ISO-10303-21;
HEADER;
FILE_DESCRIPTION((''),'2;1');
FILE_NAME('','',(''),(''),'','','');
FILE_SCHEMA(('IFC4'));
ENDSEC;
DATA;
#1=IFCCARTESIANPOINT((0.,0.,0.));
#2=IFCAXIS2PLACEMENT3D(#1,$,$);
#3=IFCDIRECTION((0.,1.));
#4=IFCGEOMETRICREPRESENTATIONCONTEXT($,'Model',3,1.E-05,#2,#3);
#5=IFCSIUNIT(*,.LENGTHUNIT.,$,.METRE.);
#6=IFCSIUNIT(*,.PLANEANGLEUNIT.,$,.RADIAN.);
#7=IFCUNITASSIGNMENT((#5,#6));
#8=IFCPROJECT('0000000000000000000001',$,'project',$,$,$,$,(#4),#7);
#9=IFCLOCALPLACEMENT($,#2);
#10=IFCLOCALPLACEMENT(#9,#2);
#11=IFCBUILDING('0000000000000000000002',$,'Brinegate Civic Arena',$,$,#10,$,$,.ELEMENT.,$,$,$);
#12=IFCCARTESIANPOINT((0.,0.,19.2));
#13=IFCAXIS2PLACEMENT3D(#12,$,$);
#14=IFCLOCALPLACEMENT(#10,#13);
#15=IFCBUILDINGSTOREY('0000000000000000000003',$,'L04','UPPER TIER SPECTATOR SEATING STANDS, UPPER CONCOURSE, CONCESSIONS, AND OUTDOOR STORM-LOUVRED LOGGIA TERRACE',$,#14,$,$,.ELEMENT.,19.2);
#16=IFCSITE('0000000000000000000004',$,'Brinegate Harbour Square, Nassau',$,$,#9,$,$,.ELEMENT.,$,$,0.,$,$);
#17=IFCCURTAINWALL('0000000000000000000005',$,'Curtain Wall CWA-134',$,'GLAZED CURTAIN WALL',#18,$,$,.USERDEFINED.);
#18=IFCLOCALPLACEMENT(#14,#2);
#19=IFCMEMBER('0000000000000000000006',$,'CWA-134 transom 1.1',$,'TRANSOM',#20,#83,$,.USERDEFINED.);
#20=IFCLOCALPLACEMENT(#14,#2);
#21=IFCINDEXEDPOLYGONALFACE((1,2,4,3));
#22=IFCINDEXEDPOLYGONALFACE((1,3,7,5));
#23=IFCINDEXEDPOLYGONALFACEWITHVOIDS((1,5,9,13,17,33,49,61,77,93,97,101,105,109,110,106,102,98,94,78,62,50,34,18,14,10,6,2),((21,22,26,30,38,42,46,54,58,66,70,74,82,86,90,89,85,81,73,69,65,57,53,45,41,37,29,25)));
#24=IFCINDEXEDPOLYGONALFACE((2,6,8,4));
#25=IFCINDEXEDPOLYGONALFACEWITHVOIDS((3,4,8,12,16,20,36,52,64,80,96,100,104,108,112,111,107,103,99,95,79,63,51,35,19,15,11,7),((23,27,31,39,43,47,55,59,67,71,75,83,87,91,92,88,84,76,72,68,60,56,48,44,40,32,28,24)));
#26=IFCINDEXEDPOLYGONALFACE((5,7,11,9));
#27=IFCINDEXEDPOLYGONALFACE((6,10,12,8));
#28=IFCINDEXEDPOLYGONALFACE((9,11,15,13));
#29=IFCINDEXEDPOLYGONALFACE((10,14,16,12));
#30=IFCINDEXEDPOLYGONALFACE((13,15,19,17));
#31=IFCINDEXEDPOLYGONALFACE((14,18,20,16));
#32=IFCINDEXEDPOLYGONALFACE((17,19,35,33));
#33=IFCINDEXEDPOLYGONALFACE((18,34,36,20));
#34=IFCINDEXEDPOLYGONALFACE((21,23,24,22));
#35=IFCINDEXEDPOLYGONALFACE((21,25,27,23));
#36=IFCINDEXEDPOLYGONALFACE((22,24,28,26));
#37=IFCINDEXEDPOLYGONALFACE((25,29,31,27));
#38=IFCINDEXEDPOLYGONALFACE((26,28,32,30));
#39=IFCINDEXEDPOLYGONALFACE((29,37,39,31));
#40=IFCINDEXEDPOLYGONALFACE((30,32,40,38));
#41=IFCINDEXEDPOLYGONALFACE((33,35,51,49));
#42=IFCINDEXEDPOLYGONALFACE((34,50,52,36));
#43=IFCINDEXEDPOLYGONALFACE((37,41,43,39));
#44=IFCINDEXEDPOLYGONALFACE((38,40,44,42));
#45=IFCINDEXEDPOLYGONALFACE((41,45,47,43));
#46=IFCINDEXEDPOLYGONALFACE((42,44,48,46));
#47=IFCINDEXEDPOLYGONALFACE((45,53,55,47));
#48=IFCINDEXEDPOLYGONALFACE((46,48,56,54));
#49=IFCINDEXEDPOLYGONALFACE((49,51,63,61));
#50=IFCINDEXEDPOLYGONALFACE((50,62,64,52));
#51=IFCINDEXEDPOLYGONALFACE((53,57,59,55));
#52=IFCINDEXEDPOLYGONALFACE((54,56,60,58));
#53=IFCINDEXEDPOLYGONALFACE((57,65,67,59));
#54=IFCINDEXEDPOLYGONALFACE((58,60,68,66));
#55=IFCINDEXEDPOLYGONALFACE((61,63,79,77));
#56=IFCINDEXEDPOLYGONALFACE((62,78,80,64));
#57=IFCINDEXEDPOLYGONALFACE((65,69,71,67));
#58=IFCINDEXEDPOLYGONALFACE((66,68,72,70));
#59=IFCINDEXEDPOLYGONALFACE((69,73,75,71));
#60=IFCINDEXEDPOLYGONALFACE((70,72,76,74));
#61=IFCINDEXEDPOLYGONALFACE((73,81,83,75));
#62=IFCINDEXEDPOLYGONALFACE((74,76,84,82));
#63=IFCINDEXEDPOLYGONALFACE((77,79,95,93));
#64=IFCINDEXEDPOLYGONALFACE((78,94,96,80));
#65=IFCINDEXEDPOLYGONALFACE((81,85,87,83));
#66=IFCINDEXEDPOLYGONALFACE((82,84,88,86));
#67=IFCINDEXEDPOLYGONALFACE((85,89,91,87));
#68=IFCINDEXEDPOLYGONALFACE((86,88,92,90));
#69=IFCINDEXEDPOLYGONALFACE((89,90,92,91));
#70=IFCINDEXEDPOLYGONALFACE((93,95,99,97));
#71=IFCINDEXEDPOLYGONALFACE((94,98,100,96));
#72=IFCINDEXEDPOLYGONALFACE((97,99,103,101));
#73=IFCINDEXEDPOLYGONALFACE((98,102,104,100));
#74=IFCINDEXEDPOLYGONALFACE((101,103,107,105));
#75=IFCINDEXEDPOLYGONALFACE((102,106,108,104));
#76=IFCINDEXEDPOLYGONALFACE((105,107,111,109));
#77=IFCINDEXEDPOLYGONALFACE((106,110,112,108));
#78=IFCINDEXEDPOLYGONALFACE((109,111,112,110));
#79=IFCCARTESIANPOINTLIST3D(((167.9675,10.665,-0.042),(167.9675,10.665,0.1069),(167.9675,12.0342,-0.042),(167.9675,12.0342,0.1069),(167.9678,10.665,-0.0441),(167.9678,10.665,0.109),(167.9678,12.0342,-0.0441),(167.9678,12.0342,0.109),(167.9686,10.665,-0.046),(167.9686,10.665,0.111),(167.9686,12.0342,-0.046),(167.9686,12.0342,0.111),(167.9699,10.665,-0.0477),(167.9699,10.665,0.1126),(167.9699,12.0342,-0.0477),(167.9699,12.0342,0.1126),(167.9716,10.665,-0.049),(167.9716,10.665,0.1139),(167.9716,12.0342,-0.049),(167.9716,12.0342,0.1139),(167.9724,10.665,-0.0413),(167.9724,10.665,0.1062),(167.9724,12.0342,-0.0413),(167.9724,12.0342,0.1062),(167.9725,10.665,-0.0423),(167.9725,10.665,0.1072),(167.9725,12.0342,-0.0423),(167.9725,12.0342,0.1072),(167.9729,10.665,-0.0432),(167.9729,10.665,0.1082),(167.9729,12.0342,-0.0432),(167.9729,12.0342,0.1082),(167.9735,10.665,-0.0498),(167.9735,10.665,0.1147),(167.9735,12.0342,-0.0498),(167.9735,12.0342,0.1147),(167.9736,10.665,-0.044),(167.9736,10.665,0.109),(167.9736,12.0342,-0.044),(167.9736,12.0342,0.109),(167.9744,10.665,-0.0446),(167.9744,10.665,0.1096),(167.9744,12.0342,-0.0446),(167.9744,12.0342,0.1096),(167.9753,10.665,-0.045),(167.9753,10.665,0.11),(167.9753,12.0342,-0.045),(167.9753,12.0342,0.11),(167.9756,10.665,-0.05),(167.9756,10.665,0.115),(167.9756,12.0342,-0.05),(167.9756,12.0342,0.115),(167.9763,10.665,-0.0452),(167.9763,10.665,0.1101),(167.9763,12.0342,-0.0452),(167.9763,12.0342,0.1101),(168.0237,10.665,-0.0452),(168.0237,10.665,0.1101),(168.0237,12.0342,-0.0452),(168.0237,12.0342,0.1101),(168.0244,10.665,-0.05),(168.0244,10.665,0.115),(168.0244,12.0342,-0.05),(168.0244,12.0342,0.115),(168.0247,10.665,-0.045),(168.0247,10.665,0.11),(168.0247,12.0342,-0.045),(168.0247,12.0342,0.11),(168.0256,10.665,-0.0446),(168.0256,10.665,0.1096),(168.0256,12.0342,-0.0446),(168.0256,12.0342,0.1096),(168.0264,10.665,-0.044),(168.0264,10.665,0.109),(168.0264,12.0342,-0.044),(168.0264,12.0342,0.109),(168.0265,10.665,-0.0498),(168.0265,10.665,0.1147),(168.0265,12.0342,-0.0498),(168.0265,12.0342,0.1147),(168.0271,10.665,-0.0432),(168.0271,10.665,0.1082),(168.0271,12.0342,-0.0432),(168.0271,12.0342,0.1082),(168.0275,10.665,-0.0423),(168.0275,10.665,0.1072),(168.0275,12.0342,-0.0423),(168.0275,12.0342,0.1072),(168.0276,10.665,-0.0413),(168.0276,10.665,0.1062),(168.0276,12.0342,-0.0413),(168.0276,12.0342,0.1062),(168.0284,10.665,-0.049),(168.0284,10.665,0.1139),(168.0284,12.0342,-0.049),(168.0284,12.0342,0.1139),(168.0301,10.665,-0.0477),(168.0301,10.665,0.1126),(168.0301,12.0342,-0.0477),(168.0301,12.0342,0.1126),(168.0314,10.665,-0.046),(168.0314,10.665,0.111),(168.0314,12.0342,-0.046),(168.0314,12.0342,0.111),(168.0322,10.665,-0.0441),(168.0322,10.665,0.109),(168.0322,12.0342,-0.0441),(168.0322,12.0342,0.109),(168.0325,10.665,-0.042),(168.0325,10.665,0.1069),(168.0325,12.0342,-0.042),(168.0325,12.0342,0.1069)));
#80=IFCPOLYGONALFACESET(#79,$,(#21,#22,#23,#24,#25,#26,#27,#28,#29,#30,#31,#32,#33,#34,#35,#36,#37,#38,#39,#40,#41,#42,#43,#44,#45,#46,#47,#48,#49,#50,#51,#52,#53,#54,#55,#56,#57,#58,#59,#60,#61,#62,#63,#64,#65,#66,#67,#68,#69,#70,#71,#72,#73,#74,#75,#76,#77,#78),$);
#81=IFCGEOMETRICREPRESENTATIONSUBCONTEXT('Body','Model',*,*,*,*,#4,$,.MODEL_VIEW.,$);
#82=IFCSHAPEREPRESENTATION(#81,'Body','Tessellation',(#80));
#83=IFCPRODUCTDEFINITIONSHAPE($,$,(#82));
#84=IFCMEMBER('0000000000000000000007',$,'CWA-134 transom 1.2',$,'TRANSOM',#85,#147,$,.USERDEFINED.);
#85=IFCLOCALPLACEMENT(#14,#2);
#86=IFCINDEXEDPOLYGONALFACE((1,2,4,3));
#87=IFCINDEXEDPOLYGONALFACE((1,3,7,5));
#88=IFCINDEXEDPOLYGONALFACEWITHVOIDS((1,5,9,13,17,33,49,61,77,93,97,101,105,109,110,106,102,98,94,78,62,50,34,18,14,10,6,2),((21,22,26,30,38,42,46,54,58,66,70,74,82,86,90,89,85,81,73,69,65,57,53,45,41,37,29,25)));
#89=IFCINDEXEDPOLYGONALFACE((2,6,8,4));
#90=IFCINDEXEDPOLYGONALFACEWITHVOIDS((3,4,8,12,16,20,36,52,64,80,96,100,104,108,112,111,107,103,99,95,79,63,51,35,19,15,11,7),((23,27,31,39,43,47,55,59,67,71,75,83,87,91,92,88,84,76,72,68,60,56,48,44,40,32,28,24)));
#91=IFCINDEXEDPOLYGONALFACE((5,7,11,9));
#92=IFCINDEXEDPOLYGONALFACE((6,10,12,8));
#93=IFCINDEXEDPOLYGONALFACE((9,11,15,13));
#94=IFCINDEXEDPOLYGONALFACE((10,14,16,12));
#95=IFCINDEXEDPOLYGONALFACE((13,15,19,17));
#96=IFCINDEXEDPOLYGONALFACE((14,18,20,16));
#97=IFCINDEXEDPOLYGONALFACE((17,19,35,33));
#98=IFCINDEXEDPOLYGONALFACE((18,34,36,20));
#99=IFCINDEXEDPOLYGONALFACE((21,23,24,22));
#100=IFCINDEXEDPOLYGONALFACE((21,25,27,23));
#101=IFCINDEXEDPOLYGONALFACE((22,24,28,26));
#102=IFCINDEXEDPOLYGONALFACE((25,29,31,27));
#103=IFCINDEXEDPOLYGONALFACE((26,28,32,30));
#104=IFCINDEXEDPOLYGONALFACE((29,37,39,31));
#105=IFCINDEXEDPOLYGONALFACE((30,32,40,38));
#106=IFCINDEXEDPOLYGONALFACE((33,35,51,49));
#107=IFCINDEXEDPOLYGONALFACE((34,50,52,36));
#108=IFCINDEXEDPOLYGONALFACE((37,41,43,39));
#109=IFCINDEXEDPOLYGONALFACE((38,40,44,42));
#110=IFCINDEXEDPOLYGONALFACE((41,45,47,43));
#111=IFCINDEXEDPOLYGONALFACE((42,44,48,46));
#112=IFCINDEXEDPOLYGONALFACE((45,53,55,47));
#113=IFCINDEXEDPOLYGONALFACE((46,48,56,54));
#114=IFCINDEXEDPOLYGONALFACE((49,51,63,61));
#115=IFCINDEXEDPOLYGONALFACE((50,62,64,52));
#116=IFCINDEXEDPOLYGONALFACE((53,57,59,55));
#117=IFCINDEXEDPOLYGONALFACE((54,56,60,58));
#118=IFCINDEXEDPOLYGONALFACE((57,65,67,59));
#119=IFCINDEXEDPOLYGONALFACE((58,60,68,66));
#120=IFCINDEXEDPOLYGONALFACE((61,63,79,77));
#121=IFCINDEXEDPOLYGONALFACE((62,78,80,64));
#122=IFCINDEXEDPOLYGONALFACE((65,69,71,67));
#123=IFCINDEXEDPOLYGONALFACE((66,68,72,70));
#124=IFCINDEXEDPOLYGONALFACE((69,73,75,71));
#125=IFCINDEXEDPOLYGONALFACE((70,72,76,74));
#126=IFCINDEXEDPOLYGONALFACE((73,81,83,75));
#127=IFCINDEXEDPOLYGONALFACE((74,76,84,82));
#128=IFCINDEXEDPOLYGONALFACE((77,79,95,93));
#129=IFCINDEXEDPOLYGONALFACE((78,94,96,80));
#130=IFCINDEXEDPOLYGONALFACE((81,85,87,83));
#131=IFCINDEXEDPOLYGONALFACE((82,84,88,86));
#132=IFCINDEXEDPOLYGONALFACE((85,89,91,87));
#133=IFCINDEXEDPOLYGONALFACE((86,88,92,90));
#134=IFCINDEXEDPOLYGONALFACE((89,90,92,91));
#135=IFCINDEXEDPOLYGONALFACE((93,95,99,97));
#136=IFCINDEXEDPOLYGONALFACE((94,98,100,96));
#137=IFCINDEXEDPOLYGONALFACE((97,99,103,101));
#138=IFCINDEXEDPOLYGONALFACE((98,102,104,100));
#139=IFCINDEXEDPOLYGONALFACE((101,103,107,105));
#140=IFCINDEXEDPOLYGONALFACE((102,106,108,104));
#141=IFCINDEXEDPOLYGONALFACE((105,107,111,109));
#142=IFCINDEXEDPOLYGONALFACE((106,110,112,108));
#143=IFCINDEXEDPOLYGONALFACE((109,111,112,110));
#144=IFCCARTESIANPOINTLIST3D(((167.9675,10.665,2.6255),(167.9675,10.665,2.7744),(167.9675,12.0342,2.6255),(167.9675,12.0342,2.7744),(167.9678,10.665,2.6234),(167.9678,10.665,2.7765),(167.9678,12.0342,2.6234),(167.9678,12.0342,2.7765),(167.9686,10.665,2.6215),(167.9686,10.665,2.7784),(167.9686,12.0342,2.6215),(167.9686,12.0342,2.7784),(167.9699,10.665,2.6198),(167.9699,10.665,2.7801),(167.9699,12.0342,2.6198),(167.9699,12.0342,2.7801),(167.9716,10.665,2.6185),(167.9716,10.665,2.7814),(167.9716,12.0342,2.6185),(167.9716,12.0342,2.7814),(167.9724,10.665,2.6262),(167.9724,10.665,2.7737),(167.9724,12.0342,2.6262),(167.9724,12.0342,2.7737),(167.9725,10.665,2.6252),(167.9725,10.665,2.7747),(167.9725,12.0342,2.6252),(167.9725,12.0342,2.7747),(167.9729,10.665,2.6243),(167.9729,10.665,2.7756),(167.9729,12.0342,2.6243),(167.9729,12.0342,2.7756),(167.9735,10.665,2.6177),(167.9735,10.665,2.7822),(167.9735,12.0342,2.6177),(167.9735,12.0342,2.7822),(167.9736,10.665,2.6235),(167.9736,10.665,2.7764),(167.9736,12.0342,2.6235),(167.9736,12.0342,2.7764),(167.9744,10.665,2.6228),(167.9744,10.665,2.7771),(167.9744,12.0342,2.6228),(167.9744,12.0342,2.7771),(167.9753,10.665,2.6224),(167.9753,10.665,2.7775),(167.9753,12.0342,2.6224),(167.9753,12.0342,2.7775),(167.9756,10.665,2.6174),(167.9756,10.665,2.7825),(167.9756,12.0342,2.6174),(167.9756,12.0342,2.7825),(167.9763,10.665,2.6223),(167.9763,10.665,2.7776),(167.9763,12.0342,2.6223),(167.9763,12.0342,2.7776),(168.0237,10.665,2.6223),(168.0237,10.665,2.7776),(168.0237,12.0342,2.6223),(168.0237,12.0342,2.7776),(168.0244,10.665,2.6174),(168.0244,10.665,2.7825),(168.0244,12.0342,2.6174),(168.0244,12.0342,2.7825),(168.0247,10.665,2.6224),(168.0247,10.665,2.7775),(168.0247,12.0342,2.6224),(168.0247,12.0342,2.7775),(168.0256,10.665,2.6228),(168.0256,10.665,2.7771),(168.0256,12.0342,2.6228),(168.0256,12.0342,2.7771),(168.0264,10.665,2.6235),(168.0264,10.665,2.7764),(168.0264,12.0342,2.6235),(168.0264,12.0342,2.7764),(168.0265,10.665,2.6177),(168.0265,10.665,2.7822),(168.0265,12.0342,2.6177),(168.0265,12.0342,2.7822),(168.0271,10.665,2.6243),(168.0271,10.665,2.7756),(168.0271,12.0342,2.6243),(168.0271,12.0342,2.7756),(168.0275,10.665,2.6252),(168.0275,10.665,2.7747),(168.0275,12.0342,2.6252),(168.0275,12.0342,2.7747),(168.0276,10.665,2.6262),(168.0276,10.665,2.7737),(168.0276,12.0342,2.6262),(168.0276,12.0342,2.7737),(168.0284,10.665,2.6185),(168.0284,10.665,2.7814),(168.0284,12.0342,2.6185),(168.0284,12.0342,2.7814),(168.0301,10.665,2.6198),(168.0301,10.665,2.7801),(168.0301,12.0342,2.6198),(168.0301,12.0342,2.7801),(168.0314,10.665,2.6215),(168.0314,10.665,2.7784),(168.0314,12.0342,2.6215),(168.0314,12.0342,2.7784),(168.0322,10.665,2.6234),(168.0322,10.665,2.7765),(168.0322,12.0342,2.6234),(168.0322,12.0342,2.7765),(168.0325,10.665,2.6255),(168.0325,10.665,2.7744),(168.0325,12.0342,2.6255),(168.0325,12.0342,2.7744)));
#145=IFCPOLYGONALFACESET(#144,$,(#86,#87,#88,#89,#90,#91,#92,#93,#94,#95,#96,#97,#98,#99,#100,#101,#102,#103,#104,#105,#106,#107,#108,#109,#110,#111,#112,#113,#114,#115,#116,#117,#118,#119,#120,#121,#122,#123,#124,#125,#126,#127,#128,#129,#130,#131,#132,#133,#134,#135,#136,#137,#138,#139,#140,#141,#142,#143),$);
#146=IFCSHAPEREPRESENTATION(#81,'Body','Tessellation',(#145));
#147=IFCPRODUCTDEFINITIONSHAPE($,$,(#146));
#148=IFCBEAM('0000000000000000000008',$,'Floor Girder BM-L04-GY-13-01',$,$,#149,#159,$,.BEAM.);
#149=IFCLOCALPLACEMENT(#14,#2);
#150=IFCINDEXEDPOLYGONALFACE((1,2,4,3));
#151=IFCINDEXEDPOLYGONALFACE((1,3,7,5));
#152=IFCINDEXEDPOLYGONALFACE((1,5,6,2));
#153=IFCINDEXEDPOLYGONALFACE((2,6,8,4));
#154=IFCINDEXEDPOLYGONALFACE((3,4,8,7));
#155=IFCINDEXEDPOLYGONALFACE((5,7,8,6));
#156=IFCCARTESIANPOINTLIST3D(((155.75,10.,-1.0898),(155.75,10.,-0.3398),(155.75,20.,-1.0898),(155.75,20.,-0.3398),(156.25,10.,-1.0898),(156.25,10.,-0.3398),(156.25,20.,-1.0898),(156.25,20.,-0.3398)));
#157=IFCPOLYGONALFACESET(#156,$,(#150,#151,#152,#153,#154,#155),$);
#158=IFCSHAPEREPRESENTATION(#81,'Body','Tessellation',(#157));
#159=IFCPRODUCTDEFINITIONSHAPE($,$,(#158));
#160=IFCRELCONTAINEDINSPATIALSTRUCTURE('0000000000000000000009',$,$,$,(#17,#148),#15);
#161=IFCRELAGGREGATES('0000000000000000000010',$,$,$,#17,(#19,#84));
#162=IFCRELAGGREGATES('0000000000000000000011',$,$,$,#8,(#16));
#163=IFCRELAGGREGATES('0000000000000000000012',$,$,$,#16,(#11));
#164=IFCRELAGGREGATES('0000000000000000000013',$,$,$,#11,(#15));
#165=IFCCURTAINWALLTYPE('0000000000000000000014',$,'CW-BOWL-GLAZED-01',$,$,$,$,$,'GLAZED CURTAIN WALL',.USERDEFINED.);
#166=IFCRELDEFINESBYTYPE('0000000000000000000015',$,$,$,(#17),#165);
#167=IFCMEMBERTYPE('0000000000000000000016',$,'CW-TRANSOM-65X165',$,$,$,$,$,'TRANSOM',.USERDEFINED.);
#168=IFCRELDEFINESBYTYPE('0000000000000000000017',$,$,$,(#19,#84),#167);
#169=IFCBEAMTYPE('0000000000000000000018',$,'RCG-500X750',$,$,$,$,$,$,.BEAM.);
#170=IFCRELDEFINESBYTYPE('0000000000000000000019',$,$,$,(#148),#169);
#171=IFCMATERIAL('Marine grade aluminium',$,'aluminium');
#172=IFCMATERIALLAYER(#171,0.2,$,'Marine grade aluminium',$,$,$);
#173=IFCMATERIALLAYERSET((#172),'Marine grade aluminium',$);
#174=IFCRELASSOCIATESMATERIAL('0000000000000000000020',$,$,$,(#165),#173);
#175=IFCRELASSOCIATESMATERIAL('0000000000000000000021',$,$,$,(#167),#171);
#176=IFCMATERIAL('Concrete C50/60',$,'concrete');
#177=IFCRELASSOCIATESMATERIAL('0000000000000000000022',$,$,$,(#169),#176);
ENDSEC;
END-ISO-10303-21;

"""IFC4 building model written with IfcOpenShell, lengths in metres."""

from ifc_helpers import new_model, si_unit, direction, frame, origin, origin_2d, place, context, subcontext, project, spatial, rectangle, hollow_rectangle, extrude, material, layer, layer_set, material_profile, profile_set, type_object, element, aggregate, save


model = new_model("IFC4")

# Units and contexts
model_context = context("Model", 3, precision=1e-05, world=origin(), true_north=direction((0.0, 1.0)))
body_context = subcontext(model_context, "Body", "Model", "MODEL_VIEW")
ifc_project = project(units=[si_unit("LENGTHUNIT", "METRE"), si_unit("PLANEANGLEUNIT", "RADIAN")], contexts=[model_context])

# Site, building, storey
site_placement = place(None, origin())
site = spatial("IfcSite", under=ifc_project, at=site_placement, Name="Brinegate Harbour Square, Nassau", CompositionType="ELEMENT", RefElevation=0.0)
building_placement = place(site_placement, origin())
building = spatial("IfcBuilding", under=site, at=building_placement, Name="Brinegate Civic Arena", CompositionType="ELEMENT")
storey_placement = place(building_placement, frame((0.0, 0.0, 19.2)))
storey = spatial("IfcBuildingStorey", under=building, at=storey_placement, Name="L04", Description="UPPER TIER SPECTATOR SEATING STANDS, UPPER CONCOURSE, CONCESSIONS, AND OUTDOOR STORM-LOUVRED LOGGIA TERRACE", CompositionType="ELEMENT", Elevation=19.2)

# Curtain wall
ifc_material_1 = material(Name="Marine grade aluminium", Category="aluminium")
ifc_layer_1 = layer(ifc_material_1, 0.2, Name="Marine grade aluminium")
ifc_layer_set_1 = layer_set([ifc_layer_1], Name="Marine grade aluminium")
curtain_wall_type = type_object("IfcCurtainWallType", Name="CW-BOWL-GLAZED-01", ElementType="GLAZED CURTAIN WALL", PredefinedType="USERDEFINED", material=ifc_layer_set_1)
curtain_wall_1_placement = place(storey_placement, origin())
curtain_wall_1 = element("IfcCurtainWall", 1, at=curtain_wall_1_placement, inside=storey, type_object=curtain_wall_type, Name="Curtain Wall CWA-134", ObjectType="GLAZED CURTAIN WALL", PredefinedType="USERDEFINED")

# Members
ifc_material_profile_1 = material_profile(ifc_material_1, hollow_rectangle(XDim=0.0649, YDim=0.165, WallThickness=0.0049, InnerFilletRadius=0.0039, OuterFilletRadius=0.0081, at=origin_2d()), Name="TRN65X165")
ifc_profile_set_1 = profile_set([ifc_material_profile_1], Name="Marine grade aluminium")
member_type_1 = type_object("IfcMemberType", Name="CW-TRANSOM-65X165", ElementType="TRANSOM", PredefinedType="USERDEFINED", material=ifc_profile_set_1)
member_1_placement = place(storey_placement, frame((168.0, 10.665, 0.0325), z_axis=(0.0, 1.0, 0.0), x_axis=(-1.0, 0.0, 0.0)))
member_1 = element("IfcMember", 2, at=member_1_placement, type_object=member_type_1, Name="CWA-134 transom 1.1", ObjectType="TRANSOM", PredefinedType="USERDEFINED", context=body_context, shape_type="SweptSolid", body=[
    extrude(hollow_rectangle(XDim=0.0649, YDim=0.165, WallThickness=0.0049, InnerFilletRadius=0.0039, OuterFilletRadius=0.0081, at=origin_2d()), origin(), (0.0, 0.0, 1.0), 1.3691),
])
member_2_placement = place(storey_placement, frame((168.0, 10.665, 2.7), z_axis=(0.0, 1.0, 0.0), x_axis=(-1.0, 0.0, 0.0)))
member_2 = element("IfcMember", 3, at=member_2_placement, type_object=member_type_1, Name="CWA-134 transom 1.2", ObjectType="TRANSOM", PredefinedType="USERDEFINED", context=body_context, shape_type="SweptSolid", body=[
    extrude(hollow_rectangle(XDim=0.0649, YDim=0.165, WallThickness=0.0049, InnerFilletRadius=0.0039, OuterFilletRadius=0.0081, at=origin_2d()), origin(), (0.0, 0.0, 1.0), 1.3691),
])
aggregate(curtain_wall_1, [member_1, member_2])

# Beam
ifc_material_2 = material(Name="Concrete C50/60", Category="concrete")
ifc_material_profile_2 = material_profile(ifc_material_2, rectangle(XDim=0.5, YDim=0.75, at=origin_2d()), Name="RCB500X750")
ifc_profile_set_2 = profile_set([ifc_material_profile_2], Name="Concrete C50/60")
beam_type_1 = type_object("IfcBeamType", Name="RCG-500X750", PredefinedType="BEAM", material=ifc_profile_set_2)
beam_1_placement = place(storey_placement, frame((156.0, 10.0, -0.7148), z_axis=(0.0, 1.0, 0.0), x_axis=(-1.0, 0.0, 0.0)))
element("IfcBeam", 4, at=beam_1_placement, inside=storey, type_object=beam_type_1, Name="Floor Girder BM-L04-GY-13-01", PredefinedType="BEAM", context=body_context, shape_type="SweptSolid", body=[
    extrude(rectangle(XDim=0.5, YDim=0.75, at=origin_2d()), origin(), (0.0, 0.0, 1.0), 10.0),
])

save(model, "model.ifc")
